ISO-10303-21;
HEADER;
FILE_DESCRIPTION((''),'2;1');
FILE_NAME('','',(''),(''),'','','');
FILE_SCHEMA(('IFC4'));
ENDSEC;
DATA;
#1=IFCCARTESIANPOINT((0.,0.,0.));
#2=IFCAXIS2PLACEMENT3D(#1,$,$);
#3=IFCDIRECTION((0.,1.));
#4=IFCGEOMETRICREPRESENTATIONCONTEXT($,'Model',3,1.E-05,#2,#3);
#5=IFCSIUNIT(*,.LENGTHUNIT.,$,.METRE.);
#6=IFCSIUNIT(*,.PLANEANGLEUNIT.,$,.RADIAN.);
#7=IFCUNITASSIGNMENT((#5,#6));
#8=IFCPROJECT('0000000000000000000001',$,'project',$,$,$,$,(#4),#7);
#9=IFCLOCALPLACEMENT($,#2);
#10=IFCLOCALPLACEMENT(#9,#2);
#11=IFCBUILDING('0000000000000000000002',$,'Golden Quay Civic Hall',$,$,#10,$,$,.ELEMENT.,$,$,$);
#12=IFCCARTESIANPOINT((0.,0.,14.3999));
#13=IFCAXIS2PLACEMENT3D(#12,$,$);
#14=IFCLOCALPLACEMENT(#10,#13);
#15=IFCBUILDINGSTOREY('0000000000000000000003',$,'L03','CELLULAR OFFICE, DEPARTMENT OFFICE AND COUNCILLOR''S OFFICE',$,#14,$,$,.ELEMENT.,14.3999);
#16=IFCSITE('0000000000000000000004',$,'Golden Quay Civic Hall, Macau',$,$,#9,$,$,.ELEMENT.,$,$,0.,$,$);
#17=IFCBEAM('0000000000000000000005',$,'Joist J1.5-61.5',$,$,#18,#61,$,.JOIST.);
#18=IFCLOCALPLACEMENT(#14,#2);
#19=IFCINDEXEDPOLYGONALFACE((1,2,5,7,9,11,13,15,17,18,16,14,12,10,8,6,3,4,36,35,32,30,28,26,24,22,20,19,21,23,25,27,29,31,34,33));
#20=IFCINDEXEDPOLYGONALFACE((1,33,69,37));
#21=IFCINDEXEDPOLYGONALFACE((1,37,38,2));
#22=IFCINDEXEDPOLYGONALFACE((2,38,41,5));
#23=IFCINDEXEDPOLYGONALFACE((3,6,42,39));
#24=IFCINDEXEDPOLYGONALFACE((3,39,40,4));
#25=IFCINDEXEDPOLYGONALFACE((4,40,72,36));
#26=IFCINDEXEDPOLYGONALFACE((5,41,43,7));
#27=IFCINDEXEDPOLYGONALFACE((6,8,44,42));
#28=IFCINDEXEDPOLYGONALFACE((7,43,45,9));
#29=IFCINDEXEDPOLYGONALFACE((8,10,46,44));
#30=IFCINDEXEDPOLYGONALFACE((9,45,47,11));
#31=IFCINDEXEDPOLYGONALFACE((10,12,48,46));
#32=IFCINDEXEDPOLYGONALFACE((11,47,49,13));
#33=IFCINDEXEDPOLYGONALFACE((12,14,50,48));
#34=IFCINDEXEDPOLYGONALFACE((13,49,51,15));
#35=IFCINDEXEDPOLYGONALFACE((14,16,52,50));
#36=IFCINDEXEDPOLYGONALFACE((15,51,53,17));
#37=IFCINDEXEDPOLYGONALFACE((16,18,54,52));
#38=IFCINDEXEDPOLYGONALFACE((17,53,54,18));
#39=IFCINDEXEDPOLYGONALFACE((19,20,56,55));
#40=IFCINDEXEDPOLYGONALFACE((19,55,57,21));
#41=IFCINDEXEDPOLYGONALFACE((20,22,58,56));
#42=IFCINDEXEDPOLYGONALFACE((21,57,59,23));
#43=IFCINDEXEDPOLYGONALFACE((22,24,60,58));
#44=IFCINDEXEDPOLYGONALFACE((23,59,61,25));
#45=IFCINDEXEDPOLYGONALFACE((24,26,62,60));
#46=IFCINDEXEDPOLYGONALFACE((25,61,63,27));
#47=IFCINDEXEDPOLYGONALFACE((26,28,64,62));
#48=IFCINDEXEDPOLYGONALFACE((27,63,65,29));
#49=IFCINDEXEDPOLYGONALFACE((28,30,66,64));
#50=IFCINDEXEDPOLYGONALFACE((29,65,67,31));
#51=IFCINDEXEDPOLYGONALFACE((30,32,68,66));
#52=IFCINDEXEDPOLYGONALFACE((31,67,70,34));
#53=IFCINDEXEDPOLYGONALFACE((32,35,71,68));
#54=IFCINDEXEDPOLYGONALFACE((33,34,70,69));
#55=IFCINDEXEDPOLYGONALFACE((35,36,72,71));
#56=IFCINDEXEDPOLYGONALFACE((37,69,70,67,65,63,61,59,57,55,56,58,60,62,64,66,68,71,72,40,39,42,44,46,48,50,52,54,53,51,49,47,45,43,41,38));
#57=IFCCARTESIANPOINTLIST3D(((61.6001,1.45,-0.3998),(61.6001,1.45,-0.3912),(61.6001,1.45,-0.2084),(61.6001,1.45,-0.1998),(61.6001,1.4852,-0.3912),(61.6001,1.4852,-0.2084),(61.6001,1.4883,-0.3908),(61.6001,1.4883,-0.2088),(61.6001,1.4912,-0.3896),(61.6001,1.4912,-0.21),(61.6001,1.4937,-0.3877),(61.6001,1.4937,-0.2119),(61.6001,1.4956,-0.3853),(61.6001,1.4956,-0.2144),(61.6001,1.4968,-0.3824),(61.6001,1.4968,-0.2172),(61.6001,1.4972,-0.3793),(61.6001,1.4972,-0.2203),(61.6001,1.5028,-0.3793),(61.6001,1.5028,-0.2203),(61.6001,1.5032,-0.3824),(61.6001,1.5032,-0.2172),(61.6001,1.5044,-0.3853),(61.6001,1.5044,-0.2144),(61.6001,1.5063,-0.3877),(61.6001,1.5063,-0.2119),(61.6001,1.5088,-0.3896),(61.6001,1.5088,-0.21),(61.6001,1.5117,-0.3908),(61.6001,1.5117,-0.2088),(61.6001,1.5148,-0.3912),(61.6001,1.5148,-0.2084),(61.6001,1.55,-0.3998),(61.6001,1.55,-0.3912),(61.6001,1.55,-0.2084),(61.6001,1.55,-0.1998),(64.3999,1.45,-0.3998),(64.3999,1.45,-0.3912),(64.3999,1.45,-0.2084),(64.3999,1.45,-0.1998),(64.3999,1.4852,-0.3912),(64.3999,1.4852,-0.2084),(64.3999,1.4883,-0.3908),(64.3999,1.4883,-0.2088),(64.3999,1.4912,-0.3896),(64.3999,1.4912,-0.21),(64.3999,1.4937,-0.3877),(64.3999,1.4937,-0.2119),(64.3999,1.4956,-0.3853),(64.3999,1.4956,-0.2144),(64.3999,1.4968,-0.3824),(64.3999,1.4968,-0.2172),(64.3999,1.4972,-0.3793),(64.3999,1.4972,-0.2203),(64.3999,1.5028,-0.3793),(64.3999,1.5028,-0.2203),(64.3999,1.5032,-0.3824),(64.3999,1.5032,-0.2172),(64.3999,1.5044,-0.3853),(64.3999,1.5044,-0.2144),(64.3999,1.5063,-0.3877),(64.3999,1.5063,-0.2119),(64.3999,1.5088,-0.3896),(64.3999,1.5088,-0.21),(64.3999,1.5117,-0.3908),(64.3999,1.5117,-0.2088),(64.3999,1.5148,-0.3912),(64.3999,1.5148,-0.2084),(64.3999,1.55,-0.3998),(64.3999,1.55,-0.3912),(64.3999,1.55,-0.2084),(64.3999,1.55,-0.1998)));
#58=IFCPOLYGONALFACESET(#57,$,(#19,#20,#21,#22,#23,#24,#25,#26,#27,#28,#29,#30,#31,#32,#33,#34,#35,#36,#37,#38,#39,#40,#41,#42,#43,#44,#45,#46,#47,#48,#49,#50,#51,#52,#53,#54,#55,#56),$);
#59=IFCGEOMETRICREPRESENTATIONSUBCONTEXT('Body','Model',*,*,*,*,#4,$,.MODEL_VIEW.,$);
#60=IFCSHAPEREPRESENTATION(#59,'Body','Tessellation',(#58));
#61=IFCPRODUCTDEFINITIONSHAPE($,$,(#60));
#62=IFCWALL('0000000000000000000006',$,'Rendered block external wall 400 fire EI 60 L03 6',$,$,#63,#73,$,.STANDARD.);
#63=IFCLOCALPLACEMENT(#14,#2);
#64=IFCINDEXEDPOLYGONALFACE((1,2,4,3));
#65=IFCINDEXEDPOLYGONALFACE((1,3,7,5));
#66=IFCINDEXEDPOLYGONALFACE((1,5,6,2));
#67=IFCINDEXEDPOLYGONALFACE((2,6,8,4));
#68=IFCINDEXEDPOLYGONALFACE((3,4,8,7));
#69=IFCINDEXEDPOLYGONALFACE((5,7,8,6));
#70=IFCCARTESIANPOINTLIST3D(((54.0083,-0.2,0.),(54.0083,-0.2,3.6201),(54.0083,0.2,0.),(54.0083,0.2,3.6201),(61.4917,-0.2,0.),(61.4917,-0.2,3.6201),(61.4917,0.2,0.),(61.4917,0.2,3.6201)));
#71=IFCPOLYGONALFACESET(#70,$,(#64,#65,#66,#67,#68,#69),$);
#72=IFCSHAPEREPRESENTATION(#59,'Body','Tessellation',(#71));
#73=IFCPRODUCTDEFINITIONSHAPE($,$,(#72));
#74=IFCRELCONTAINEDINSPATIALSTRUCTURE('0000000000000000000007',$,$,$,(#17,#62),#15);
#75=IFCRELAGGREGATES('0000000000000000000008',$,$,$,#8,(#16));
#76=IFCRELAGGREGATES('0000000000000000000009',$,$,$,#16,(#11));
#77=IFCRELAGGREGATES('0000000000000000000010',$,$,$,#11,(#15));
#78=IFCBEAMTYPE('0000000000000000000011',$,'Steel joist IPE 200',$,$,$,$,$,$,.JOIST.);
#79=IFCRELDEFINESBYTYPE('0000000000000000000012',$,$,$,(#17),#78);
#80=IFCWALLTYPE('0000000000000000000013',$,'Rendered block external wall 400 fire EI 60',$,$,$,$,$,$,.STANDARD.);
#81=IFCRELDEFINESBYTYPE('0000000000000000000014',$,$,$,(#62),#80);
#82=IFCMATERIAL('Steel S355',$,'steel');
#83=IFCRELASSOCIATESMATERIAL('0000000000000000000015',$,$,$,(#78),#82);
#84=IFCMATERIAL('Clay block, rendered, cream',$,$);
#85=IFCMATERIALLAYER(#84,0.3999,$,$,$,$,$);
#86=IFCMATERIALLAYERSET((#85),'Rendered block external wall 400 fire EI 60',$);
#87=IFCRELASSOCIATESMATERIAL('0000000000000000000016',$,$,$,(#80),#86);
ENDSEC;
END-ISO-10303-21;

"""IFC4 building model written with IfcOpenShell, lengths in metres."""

from ifc_helpers import new_model, si_unit, direction, frame, frame_2d, origin, origin_2d, place, context, subcontext, project, spatial, rectangle, i_section, extrude, material, layer, layer_set, material_profile, profile_set, type_object, element, save


model = new_model("IFC4")

# Units and contexts
model_context = context("Model", 3, precision=1e-05, world=origin(), true_north=direction((0.0, 1.0)))
body_context = subcontext(model_context, "Body", "Model", "MODEL_VIEW")
ifc_project = project(units=[si_unit("LENGTHUNIT", "METRE"), si_unit("PLANEANGLEUNIT", "RADIAN")], contexts=[model_context])

# Site, building, storey
site_placement = place(None, origin())
site = spatial("IfcSite", under=ifc_project, at=site_placement, Name="Golden Quay Civic Hall, Macau", CompositionType="ELEMENT", RefElevation=0.0)
building_placement = place(site_placement, origin())
building = spatial("IfcBuilding", under=site, at=building_placement, Name="Golden Quay Civic Hall", CompositionType="ELEMENT")
storey_placement = place(building_placement, frame((0.0, 0.0, 14.3999)))
storey = spatial("IfcBuildingStorey", under=building, at=storey_placement, Name="L03", Description="CELLULAR OFFICE, DEPARTMENT OFFICE AND COUNCILLOR'S OFFICE", CompositionType="ELEMENT", Elevation=14.3999)

# Beam
ifc_material_1 = material(Name="Steel S355", Category="steel")
ifc_material_profile_1 = material_profile(ifc_material_1, i_section(OverallWidth=0.1001, OverallDepth=0.2, WebThickness=0.0056, FlangeThickness=0.0085, FilletRadius=0.012, at=origin_2d()), Name="IPE 200")
ifc_profile_set_1 = profile_set([ifc_material_profile_1], Name="Steel S355")
beam_type_1 = type_object("IfcBeamType", Name="Steel joist IPE 200", PredefinedType="JOIST", material=ifc_profile_set_1)
beam_1_placement = place(storey_placement, frame((61.6001, 1.5, -0.2998), z_axis=(1.0, 0.0, 0.0), x_axis=(0.0, 1.0, 0.0)))
element("IfcBeam", 1, at=beam_1_placement, inside=storey, type_object=beam_type_1, Name="Joist J1.5-61.5", PredefinedType="JOIST", context=body_context, shape_type="SweptSolid", body=[
    extrude(i_section(OverallWidth=0.1001, OverallDepth=0.2, WebThickness=0.0056, FlangeThickness=0.0085, FilletRadius=0.012, at=origin_2d()), origin(), (0.0, 0.0, 1.0), 2.7998),
])

# Wall
ifc_material_2 = material(Name="Clay block, rendered, cream")
ifc_layer_1 = layer(ifc_material_2, 0.3999)
ifc_layer_set_1 = layer_set([ifc_layer_1], Name="Rendered block external wall 400 fire EI 60")
wall_type_1 = type_object("IfcWallType", Name="Rendered block external wall 400 fire EI 60", PredefinedType="STANDARD", material=ifc_layer_set_1)
wall_1_placement = place(storey_placement, frame((61.4917, 0.0, 0.0), z_axis=(0.0, 0.0, 1.0), x_axis=(-1.0, 0.0, 0.0)))
element("IfcWall", 2, at=wall_1_placement, inside=storey, type_object=wall_type_1, Name="Rendered block external wall 400 fire EI 60 L03 6", PredefinedType="STANDARD", context=body_context, shape_type="SweptSolid", body=[
    extrude(rectangle(XDim=7.4834, YDim=0.3999, at=frame_2d((3.7417, 0.0))), origin(), (0.0, 0.0, 1.0), 3.6201),
])

save(model, "model.ifc")
